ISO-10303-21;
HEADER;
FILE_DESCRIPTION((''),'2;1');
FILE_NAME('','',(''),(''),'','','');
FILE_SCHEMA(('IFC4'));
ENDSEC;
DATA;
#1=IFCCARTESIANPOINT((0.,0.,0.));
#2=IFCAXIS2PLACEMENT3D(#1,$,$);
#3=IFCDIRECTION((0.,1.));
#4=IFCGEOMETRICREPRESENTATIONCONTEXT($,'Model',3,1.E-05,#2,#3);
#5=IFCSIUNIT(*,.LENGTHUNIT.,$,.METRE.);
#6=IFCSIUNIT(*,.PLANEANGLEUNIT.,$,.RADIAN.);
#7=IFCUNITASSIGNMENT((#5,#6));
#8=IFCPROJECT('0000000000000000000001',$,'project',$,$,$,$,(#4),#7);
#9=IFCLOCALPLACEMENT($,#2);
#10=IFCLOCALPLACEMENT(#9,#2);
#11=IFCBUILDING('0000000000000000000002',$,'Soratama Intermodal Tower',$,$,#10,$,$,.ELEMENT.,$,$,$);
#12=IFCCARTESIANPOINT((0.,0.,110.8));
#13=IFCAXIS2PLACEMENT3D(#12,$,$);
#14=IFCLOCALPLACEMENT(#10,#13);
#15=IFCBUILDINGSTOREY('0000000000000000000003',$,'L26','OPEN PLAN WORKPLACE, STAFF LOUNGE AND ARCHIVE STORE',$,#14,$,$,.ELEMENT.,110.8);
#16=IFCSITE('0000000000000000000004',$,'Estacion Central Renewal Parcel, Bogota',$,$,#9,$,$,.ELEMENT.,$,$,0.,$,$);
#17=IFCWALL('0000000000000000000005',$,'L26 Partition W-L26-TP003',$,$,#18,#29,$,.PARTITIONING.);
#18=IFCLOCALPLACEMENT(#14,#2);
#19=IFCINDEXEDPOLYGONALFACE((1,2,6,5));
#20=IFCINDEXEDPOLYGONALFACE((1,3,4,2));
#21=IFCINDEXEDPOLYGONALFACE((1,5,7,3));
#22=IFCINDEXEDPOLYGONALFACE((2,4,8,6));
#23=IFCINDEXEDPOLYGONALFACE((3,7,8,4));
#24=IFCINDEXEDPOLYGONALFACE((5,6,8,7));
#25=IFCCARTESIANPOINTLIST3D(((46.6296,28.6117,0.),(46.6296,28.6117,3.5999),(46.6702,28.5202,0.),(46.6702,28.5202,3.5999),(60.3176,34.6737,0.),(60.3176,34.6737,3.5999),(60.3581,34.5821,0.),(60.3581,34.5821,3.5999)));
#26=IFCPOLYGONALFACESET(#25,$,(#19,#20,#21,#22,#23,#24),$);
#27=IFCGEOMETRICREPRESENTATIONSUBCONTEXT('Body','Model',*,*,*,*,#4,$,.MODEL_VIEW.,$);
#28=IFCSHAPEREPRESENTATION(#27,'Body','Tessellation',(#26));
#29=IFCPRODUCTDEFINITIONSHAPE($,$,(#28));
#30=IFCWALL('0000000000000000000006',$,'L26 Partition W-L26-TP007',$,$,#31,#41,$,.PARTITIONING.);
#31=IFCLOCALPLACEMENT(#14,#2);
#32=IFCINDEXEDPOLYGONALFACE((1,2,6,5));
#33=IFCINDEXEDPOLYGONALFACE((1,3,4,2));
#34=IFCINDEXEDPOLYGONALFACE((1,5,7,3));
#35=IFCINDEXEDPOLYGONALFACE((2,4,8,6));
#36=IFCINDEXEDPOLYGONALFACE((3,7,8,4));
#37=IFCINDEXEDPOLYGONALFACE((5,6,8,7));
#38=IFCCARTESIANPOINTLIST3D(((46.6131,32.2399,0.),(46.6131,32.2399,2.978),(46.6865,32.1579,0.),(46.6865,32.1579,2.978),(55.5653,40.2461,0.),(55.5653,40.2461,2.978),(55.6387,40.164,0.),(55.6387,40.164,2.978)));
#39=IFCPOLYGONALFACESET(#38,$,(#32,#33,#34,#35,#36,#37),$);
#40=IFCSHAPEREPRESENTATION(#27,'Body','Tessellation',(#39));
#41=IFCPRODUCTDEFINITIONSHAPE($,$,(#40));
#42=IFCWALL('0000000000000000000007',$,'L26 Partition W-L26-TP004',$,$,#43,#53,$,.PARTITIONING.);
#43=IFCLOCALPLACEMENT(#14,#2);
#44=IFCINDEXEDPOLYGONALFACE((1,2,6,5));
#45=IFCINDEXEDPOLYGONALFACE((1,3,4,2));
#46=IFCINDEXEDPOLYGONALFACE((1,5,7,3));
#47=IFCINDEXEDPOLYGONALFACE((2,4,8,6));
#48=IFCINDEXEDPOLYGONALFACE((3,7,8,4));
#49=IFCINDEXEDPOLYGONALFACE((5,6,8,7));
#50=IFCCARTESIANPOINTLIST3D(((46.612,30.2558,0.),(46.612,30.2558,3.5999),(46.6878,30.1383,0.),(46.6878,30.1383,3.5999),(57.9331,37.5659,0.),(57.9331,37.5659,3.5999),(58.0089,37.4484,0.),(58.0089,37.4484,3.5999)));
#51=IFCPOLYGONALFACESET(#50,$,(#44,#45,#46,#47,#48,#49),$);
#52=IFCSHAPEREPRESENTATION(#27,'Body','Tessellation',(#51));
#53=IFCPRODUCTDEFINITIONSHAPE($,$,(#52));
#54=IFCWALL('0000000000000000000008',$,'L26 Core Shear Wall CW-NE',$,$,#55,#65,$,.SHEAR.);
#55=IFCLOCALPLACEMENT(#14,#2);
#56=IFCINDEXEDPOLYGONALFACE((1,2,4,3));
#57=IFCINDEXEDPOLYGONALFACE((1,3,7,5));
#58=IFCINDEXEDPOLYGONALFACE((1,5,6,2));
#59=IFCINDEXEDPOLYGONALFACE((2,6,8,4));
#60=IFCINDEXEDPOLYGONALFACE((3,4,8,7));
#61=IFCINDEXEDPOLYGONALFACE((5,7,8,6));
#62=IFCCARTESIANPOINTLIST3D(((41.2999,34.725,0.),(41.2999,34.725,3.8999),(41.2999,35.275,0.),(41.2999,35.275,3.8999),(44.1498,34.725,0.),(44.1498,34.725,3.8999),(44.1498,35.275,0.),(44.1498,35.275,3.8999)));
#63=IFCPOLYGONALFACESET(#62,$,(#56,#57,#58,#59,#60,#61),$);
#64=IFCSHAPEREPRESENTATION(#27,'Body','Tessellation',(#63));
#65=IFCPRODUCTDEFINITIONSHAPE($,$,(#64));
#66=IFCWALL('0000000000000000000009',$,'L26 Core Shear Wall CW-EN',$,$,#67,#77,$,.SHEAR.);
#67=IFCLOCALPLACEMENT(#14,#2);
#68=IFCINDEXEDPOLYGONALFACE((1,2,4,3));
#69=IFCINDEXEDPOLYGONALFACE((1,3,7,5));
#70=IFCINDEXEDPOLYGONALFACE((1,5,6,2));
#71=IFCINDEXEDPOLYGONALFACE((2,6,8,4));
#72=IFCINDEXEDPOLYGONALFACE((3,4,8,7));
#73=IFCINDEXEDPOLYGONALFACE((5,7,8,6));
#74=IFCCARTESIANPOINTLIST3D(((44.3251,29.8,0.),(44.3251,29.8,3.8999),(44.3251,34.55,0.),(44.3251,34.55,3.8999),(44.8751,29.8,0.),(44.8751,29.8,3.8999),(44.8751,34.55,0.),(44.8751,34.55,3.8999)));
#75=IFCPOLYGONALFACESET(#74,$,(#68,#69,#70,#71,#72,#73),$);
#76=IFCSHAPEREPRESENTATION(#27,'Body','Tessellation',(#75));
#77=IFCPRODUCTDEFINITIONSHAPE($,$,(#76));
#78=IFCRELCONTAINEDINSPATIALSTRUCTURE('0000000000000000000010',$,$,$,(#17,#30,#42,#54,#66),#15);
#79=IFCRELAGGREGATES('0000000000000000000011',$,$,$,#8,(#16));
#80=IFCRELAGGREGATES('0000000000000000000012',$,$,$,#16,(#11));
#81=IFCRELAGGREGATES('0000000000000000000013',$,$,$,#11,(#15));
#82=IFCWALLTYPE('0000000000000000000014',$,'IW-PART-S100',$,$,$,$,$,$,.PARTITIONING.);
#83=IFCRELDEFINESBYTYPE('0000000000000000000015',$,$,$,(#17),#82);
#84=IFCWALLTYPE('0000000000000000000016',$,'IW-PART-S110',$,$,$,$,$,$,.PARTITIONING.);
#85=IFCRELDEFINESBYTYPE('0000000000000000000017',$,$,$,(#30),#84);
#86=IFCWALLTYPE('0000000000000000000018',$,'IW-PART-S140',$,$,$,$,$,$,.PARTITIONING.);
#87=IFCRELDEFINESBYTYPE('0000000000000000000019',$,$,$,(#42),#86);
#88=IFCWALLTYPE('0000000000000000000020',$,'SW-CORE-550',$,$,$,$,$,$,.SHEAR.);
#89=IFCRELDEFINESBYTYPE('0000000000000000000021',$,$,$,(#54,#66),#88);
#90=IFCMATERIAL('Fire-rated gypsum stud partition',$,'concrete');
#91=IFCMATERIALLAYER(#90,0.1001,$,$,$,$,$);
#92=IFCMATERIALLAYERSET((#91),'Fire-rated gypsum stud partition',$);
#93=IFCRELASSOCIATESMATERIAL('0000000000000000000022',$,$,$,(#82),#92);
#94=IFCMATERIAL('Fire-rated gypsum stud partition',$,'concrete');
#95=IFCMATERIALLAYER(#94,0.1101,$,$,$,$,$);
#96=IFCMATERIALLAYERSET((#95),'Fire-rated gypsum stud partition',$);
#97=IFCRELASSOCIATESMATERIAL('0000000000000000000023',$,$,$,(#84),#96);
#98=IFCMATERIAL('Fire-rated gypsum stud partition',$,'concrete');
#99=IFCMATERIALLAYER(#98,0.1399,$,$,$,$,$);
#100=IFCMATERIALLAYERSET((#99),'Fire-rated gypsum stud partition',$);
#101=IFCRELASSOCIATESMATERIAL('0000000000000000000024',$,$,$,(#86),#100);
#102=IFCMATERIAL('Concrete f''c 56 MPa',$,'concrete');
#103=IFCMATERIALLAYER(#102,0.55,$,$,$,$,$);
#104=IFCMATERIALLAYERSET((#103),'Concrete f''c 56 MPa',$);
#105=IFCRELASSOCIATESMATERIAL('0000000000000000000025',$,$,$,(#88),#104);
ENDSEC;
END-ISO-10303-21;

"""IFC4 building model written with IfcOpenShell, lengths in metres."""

from ifc_helpers import new_model, si_unit, direction, frame, frame_2d, origin, place, context, subcontext, project, spatial, rectangle, extrude, material, layer, layer_set, type_object, element, save


model = new_model("IFC4")

# Units and contexts
model_context = context("Model", 3, precision=1e-05, world=origin(), true_north=direction((0.0, 1.0)))
body_context = subcontext(model_context, "Body", "Model", "MODEL_VIEW")
ifc_project = project(units=[si_unit("LENGTHUNIT", "METRE"), si_unit("PLANEANGLEUNIT", "RADIAN")], contexts=[model_context])

# Site, building, storey
site_placement = place(None, origin())
site = spatial("IfcSite", under=ifc_project, at=site_placement, Name="Estacion Central Renewal Parcel, Bogota", CompositionType="ELEMENT", RefElevation=0.0)
building_placement = place(site_placement, origin())
building = spatial("IfcBuilding", under=site, at=building_placement, Name="Soratama Intermodal Tower", CompositionType="ELEMENT")
storey_placement = place(building_placement, frame((0.0, 0.0, 110.8)))
storey = spatial("IfcBuildingStorey", under=building, at=storey_placement, Name="L26", Description="OPEN PLAN WORKPLACE, STAFF LOUNGE AND ARCHIVE STORE", CompositionType="ELEMENT", Elevation=110.8)

# Walls
ifc_material_1 = material(Name="Fire-rated gypsum stud partition", Category="concrete")
ifc_layer_1 = layer(ifc_material_1, 0.1001)
ifc_layer_set_1 = layer_set([ifc_layer_1], Name="Fire-rated gypsum stud partition")
wall_type_1 = type_object("IfcWallType", Name="IW-PART-S100", PredefinedType="PARTITIONING", material=ifc_layer_set_1)
wall_1_placement = place(storey_placement, frame((46.6499, 28.5659, 0.0), z_axis=(0.0, 0.0, 1.0), x_axis=(0.914345, 0.404937, 0.0)))
element("IfcWall", 1, at=wall_1_placement, inside=storey, type_object=wall_type_1, Name="L26 Partition W-L26-TP003", PredefinedType="PARTITIONING", context=body_context, shape_type="SweptSolid", body=[
    extrude(rectangle(XDim=14.9702, YDim=0.1001, at=frame_2d((7.4851, 0.0))), origin(), (0.0, 0.0, 1.0), 3.5999),
])
ifc_material_2 = material(Name="Fire-rated gypsum stud partition", Category="concrete")
ifc_layer_2 = layer(ifc_material_2, 0.1101)
ifc_layer_set_2 = layer_set([ifc_layer_2], Name="Fire-rated gypsum stud partition")
wall_type_2 = type_object("IfcWallType", Name="IW-PART-S110", PredefinedType="PARTITIONING", material=ifc_layer_set_2)
wall_2_placement = place(storey_placement, frame((46.6499, 32.199, 0.0), z_axis=(0.0, 0.0, 1.0), x_axis=(0.745395, 0.666623, 0.0)))
element("IfcWall", 2, at=wall_2_placement, inside=storey, type_object=wall_type_2, Name="L26 Partition W-L26-TP007", PredefinedType="PARTITIONING", context=body_context, shape_type="SweptSolid", body=[
    extrude(rectangle(XDim=12.01, YDim=0.1101, at=frame_2d((6.0049, 0.0))), origin(), (0.0, 0.0, 1.0), 2.978),
])
ifc_material_3 = material(Name="Fire-rated gypsum stud partition", Category="concrete")
ifc_layer_3 = layer(ifc_material_3, 0.1399)
ifc_layer_set_3 = layer_set([ifc_layer_3], Name="Fire-rated gypsum stud partition")
wall_type_3 = type_object("IfcWallType", Name="IW-PART-S140", PredefinedType="PARTITIONING", material=ifc_layer_set_3)
wall_3_placement = place(storey_placement, frame((46.6499, 30.197, 0.0), z_axis=(0.0, 0.0, 1.0), x_axis=(0.840088, 0.54245, 0.0)))
element("IfcWall", 3, at=wall_3_placement, inside=storey, type_object=wall_type_3, Name="L26 Partition W-L26-TP004", PredefinedType="PARTITIONING", context=body_context, shape_type="SweptSolid", body=[
    extrude(rectangle(XDim=13.4761, YDim=0.1399, at=frame_2d((6.738, 0.0))), origin(), (0.0, 0.0, 1.0), 3.5999),
])
ifc_material_4 = material(Name="Concrete f'c 56 MPa", Category="concrete")
ifc_layer_4 = layer(ifc_material_4, 0.55)
ifc_layer_set_4 = layer_set([ifc_layer_4], Name="Concrete f'c 56 MPa")
wall_type_4 = type_object("IfcWallType", Name="SW-CORE-550", PredefinedType="SHEAR", material=ifc_layer_set_4)
wall_4_placement = place(storey_placement, frame((41.3, 35.0, 0.0), z_axis=(0.0, 0.0, 1.0), x_axis=(1.0, 0.0, 0.0)))
element("IfcWall", 4, at=wall_4_placement, inside=storey, type_object=wall_type_4, Name="L26 Core Shear Wall CW-NE", PredefinedType="SHEAR", context=body_context, shape_type="SweptSolid", body=[
    extrude(rectangle(XDim=2.8499, YDim=0.55, at=frame_2d((1.4248, 0.0))), origin(), (0.0, 0.0, 1.0), 3.8999),
])
wall_5_placement = place(storey_placement, frame((44.6001, 29.8, 0.0), z_axis=(0.0, 0.0, 1.0), x_axis=(0.0, 1.0, 0.0)))
element("IfcWall", 5, at=wall_5_placement, inside=storey, type_object=wall_type_4, Name="L26 Core Shear Wall CW-EN", PredefinedType="SHEAR", context=body_context, shape_type="SweptSolid", body=[
    extrude(rectangle(XDim=4.75, YDim=0.55, at=frame_2d((2.375, 0.0))), origin(), (0.0, 0.0, 1.0), 3.8999),
])

save(model, "model.ifc")
